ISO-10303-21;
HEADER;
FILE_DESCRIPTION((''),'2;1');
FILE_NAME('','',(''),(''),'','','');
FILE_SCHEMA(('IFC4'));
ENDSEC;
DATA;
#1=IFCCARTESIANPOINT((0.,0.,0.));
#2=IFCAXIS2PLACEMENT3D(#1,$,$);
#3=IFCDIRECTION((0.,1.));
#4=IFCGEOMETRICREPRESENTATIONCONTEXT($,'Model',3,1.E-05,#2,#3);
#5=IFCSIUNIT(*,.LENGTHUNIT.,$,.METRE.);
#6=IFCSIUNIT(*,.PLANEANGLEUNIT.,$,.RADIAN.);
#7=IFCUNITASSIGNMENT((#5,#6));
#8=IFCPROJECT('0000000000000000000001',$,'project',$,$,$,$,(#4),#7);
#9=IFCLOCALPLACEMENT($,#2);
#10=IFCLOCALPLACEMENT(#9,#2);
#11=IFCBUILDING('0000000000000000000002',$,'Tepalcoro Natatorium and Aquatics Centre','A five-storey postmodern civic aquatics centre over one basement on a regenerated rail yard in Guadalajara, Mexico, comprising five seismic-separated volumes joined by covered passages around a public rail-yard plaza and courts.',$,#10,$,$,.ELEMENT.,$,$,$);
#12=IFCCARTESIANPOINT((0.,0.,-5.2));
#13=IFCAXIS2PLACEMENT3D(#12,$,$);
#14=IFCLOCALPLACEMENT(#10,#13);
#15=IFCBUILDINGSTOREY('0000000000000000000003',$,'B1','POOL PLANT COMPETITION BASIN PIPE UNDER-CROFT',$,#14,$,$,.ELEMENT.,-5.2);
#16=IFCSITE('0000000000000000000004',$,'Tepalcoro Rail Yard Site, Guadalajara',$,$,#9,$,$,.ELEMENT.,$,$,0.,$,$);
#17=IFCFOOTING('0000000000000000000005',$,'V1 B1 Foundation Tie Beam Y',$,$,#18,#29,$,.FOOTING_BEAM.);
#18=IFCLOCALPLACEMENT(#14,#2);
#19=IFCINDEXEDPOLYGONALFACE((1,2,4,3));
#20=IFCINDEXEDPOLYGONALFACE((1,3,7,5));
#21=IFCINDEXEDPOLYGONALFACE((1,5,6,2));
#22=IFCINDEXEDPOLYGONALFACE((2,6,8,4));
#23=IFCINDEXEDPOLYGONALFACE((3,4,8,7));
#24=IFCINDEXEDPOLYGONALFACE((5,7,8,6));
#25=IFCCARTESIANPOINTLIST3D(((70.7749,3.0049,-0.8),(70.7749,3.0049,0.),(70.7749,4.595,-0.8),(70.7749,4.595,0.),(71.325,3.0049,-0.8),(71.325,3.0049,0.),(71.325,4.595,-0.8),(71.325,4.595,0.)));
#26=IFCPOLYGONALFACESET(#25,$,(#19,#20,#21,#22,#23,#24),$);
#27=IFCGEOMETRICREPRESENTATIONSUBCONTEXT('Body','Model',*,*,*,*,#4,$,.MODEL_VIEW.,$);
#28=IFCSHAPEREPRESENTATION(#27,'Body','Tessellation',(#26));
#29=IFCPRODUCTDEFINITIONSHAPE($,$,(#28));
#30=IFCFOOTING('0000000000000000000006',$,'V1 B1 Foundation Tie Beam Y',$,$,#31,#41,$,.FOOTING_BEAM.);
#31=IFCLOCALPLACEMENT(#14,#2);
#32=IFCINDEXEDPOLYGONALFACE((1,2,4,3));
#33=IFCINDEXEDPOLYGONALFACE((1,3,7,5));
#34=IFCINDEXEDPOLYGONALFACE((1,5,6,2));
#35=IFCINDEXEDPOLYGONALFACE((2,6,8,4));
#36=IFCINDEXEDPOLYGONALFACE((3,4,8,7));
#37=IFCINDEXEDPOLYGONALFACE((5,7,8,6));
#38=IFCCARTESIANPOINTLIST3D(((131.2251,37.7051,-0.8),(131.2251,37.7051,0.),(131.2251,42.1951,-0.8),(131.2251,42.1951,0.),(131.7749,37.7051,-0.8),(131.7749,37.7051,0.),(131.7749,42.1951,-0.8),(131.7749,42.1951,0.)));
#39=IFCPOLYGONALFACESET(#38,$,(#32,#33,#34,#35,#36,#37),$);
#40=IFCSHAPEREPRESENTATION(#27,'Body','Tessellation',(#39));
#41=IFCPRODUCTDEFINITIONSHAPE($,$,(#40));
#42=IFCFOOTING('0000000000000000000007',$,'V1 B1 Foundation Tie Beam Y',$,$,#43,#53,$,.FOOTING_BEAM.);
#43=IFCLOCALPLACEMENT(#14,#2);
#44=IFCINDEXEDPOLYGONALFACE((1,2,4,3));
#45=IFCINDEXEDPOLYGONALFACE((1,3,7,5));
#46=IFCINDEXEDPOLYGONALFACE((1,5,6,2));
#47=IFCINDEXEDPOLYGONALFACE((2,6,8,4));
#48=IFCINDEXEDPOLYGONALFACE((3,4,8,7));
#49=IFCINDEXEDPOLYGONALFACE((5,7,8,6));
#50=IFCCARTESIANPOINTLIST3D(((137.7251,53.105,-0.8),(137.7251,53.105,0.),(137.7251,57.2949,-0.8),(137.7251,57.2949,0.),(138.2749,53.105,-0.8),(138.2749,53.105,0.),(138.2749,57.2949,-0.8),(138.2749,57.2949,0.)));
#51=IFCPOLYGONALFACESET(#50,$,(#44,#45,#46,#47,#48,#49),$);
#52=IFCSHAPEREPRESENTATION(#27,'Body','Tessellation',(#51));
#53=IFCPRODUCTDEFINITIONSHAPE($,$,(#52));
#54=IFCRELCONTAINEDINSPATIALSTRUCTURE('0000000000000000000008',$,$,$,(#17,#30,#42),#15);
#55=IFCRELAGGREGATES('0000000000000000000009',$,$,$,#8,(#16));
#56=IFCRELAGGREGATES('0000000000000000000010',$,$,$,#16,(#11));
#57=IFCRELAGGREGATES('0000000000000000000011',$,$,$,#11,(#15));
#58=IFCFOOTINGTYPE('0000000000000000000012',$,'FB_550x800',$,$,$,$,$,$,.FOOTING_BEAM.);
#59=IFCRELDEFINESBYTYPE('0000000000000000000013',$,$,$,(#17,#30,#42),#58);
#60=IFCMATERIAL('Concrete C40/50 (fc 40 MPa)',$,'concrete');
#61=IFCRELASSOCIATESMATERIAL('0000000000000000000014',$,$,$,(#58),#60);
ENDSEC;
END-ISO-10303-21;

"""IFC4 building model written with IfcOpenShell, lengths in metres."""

from ifc_helpers import new_model, si_unit, direction, frame, origin, place, context, subcontext, project, spatial, polyline, outline, extrude, material, type_object, element, save


model = new_model("IFC4")

# Units and contexts
model_context = context("Model", 3, precision=1e-05, world=origin(), true_north=direction((0.0, 1.0)))
body_context = subcontext(model_context, "Body", "Model", "MODEL_VIEW")
ifc_project = project(units=[si_unit("LENGTHUNIT", "METRE"), si_unit("PLANEANGLEUNIT", "RADIAN")], contexts=[model_context])

# Site, building, storey
site_placement = place(None, origin())
site = spatial("IfcSite", under=ifc_project, at=site_placement, Name="Tepalcoro Rail Yard Site, Guadalajara", CompositionType="ELEMENT", RefElevation=0.0)
building_placement = place(site_placement, origin())
building = spatial("IfcBuilding", under=site, at=building_placement, Name="Tepalcoro Natatorium and Aquatics Centre", Description="A five-storey postmodern civic aquatics centre over one basement on a regenerated rail yard in Guadalajara, Mexico, comprising five seismic-separated volumes joined by covered passages around a public rail-yard plaza and courts.", CompositionType="ELEMENT")
storey_placement = place(building_placement, frame((0.0, 0.0, -5.2)))
storey = spatial("IfcBuildingStorey", under=building, at=storey_placement, Name="B1", Description="POOL PLANT COMPETITION BASIN PIPE UNDER-CROFT", CompositionType="ELEMENT", Elevation=-5.2)

# Footings
ifc_material = material(Name="Concrete C40/50 (fc 40 MPa)", Category="concrete")
footing_type_1 = type_object("IfcFootingType", Name="FB_550x800", PredefinedType="FOOTING_BEAM", material=ifc_material)
footing_1_placement = place(storey_placement, frame((0.0, 0.0, -0.8)))
element("IfcFooting", 1, at=footing_1_placement, inside=storey, type_object=footing_type_1, Name="V1 B1 Foundation Tie Beam Y", PredefinedType="FOOTING_BEAM", context=body_context, shape_type="SweptSolid", body=[
    extrude(outline(polyline([(71.325, 3.0049), (71.325, 4.595), (70.7749, 4.595), (70.7749, 3.0049), (71.325, 3.0049)])), origin(), (0.0, 0.0, 1.0), 0.8),
])
footing_2_placement = place(storey_placement, frame((0.0, 0.0, -0.8)))
element("IfcFooting", 2, at=footing_2_placement, inside=storey, type_object=footing_type_1, Name="V1 B1 Foundation Tie Beam Y", PredefinedType="FOOTING_BEAM", context=body_context, shape_type="SweptSolid", body=[
    extrude(outline(polyline([(131.7749, 37.7051), (131.7749, 42.1951), (131.2251, 42.1951), (131.2251, 37.7051), (131.7749, 37.7051)])), origin(), (0.0, 0.0, 1.0), 0.8),
])
footing_3_placement = place(storey_placement, frame((0.0, 0.0, -0.8)))
element("IfcFooting", 3, at=footing_3_placement, inside=storey, type_object=footing_type_1, Name="V1 B1 Foundation Tie Beam Y", PredefinedType="FOOTING_BEAM", context=body_context, shape_type="SweptSolid", body=[
    extrude(outline(polyline([(138.2749, 53.105), (138.2749, 57.2949), (137.7251, 57.2949), (137.7251, 53.105), (138.2749, 53.105)])), origin(), (0.0, 0.0, 1.0), 0.8),
])

save(model, "model.ifc")
